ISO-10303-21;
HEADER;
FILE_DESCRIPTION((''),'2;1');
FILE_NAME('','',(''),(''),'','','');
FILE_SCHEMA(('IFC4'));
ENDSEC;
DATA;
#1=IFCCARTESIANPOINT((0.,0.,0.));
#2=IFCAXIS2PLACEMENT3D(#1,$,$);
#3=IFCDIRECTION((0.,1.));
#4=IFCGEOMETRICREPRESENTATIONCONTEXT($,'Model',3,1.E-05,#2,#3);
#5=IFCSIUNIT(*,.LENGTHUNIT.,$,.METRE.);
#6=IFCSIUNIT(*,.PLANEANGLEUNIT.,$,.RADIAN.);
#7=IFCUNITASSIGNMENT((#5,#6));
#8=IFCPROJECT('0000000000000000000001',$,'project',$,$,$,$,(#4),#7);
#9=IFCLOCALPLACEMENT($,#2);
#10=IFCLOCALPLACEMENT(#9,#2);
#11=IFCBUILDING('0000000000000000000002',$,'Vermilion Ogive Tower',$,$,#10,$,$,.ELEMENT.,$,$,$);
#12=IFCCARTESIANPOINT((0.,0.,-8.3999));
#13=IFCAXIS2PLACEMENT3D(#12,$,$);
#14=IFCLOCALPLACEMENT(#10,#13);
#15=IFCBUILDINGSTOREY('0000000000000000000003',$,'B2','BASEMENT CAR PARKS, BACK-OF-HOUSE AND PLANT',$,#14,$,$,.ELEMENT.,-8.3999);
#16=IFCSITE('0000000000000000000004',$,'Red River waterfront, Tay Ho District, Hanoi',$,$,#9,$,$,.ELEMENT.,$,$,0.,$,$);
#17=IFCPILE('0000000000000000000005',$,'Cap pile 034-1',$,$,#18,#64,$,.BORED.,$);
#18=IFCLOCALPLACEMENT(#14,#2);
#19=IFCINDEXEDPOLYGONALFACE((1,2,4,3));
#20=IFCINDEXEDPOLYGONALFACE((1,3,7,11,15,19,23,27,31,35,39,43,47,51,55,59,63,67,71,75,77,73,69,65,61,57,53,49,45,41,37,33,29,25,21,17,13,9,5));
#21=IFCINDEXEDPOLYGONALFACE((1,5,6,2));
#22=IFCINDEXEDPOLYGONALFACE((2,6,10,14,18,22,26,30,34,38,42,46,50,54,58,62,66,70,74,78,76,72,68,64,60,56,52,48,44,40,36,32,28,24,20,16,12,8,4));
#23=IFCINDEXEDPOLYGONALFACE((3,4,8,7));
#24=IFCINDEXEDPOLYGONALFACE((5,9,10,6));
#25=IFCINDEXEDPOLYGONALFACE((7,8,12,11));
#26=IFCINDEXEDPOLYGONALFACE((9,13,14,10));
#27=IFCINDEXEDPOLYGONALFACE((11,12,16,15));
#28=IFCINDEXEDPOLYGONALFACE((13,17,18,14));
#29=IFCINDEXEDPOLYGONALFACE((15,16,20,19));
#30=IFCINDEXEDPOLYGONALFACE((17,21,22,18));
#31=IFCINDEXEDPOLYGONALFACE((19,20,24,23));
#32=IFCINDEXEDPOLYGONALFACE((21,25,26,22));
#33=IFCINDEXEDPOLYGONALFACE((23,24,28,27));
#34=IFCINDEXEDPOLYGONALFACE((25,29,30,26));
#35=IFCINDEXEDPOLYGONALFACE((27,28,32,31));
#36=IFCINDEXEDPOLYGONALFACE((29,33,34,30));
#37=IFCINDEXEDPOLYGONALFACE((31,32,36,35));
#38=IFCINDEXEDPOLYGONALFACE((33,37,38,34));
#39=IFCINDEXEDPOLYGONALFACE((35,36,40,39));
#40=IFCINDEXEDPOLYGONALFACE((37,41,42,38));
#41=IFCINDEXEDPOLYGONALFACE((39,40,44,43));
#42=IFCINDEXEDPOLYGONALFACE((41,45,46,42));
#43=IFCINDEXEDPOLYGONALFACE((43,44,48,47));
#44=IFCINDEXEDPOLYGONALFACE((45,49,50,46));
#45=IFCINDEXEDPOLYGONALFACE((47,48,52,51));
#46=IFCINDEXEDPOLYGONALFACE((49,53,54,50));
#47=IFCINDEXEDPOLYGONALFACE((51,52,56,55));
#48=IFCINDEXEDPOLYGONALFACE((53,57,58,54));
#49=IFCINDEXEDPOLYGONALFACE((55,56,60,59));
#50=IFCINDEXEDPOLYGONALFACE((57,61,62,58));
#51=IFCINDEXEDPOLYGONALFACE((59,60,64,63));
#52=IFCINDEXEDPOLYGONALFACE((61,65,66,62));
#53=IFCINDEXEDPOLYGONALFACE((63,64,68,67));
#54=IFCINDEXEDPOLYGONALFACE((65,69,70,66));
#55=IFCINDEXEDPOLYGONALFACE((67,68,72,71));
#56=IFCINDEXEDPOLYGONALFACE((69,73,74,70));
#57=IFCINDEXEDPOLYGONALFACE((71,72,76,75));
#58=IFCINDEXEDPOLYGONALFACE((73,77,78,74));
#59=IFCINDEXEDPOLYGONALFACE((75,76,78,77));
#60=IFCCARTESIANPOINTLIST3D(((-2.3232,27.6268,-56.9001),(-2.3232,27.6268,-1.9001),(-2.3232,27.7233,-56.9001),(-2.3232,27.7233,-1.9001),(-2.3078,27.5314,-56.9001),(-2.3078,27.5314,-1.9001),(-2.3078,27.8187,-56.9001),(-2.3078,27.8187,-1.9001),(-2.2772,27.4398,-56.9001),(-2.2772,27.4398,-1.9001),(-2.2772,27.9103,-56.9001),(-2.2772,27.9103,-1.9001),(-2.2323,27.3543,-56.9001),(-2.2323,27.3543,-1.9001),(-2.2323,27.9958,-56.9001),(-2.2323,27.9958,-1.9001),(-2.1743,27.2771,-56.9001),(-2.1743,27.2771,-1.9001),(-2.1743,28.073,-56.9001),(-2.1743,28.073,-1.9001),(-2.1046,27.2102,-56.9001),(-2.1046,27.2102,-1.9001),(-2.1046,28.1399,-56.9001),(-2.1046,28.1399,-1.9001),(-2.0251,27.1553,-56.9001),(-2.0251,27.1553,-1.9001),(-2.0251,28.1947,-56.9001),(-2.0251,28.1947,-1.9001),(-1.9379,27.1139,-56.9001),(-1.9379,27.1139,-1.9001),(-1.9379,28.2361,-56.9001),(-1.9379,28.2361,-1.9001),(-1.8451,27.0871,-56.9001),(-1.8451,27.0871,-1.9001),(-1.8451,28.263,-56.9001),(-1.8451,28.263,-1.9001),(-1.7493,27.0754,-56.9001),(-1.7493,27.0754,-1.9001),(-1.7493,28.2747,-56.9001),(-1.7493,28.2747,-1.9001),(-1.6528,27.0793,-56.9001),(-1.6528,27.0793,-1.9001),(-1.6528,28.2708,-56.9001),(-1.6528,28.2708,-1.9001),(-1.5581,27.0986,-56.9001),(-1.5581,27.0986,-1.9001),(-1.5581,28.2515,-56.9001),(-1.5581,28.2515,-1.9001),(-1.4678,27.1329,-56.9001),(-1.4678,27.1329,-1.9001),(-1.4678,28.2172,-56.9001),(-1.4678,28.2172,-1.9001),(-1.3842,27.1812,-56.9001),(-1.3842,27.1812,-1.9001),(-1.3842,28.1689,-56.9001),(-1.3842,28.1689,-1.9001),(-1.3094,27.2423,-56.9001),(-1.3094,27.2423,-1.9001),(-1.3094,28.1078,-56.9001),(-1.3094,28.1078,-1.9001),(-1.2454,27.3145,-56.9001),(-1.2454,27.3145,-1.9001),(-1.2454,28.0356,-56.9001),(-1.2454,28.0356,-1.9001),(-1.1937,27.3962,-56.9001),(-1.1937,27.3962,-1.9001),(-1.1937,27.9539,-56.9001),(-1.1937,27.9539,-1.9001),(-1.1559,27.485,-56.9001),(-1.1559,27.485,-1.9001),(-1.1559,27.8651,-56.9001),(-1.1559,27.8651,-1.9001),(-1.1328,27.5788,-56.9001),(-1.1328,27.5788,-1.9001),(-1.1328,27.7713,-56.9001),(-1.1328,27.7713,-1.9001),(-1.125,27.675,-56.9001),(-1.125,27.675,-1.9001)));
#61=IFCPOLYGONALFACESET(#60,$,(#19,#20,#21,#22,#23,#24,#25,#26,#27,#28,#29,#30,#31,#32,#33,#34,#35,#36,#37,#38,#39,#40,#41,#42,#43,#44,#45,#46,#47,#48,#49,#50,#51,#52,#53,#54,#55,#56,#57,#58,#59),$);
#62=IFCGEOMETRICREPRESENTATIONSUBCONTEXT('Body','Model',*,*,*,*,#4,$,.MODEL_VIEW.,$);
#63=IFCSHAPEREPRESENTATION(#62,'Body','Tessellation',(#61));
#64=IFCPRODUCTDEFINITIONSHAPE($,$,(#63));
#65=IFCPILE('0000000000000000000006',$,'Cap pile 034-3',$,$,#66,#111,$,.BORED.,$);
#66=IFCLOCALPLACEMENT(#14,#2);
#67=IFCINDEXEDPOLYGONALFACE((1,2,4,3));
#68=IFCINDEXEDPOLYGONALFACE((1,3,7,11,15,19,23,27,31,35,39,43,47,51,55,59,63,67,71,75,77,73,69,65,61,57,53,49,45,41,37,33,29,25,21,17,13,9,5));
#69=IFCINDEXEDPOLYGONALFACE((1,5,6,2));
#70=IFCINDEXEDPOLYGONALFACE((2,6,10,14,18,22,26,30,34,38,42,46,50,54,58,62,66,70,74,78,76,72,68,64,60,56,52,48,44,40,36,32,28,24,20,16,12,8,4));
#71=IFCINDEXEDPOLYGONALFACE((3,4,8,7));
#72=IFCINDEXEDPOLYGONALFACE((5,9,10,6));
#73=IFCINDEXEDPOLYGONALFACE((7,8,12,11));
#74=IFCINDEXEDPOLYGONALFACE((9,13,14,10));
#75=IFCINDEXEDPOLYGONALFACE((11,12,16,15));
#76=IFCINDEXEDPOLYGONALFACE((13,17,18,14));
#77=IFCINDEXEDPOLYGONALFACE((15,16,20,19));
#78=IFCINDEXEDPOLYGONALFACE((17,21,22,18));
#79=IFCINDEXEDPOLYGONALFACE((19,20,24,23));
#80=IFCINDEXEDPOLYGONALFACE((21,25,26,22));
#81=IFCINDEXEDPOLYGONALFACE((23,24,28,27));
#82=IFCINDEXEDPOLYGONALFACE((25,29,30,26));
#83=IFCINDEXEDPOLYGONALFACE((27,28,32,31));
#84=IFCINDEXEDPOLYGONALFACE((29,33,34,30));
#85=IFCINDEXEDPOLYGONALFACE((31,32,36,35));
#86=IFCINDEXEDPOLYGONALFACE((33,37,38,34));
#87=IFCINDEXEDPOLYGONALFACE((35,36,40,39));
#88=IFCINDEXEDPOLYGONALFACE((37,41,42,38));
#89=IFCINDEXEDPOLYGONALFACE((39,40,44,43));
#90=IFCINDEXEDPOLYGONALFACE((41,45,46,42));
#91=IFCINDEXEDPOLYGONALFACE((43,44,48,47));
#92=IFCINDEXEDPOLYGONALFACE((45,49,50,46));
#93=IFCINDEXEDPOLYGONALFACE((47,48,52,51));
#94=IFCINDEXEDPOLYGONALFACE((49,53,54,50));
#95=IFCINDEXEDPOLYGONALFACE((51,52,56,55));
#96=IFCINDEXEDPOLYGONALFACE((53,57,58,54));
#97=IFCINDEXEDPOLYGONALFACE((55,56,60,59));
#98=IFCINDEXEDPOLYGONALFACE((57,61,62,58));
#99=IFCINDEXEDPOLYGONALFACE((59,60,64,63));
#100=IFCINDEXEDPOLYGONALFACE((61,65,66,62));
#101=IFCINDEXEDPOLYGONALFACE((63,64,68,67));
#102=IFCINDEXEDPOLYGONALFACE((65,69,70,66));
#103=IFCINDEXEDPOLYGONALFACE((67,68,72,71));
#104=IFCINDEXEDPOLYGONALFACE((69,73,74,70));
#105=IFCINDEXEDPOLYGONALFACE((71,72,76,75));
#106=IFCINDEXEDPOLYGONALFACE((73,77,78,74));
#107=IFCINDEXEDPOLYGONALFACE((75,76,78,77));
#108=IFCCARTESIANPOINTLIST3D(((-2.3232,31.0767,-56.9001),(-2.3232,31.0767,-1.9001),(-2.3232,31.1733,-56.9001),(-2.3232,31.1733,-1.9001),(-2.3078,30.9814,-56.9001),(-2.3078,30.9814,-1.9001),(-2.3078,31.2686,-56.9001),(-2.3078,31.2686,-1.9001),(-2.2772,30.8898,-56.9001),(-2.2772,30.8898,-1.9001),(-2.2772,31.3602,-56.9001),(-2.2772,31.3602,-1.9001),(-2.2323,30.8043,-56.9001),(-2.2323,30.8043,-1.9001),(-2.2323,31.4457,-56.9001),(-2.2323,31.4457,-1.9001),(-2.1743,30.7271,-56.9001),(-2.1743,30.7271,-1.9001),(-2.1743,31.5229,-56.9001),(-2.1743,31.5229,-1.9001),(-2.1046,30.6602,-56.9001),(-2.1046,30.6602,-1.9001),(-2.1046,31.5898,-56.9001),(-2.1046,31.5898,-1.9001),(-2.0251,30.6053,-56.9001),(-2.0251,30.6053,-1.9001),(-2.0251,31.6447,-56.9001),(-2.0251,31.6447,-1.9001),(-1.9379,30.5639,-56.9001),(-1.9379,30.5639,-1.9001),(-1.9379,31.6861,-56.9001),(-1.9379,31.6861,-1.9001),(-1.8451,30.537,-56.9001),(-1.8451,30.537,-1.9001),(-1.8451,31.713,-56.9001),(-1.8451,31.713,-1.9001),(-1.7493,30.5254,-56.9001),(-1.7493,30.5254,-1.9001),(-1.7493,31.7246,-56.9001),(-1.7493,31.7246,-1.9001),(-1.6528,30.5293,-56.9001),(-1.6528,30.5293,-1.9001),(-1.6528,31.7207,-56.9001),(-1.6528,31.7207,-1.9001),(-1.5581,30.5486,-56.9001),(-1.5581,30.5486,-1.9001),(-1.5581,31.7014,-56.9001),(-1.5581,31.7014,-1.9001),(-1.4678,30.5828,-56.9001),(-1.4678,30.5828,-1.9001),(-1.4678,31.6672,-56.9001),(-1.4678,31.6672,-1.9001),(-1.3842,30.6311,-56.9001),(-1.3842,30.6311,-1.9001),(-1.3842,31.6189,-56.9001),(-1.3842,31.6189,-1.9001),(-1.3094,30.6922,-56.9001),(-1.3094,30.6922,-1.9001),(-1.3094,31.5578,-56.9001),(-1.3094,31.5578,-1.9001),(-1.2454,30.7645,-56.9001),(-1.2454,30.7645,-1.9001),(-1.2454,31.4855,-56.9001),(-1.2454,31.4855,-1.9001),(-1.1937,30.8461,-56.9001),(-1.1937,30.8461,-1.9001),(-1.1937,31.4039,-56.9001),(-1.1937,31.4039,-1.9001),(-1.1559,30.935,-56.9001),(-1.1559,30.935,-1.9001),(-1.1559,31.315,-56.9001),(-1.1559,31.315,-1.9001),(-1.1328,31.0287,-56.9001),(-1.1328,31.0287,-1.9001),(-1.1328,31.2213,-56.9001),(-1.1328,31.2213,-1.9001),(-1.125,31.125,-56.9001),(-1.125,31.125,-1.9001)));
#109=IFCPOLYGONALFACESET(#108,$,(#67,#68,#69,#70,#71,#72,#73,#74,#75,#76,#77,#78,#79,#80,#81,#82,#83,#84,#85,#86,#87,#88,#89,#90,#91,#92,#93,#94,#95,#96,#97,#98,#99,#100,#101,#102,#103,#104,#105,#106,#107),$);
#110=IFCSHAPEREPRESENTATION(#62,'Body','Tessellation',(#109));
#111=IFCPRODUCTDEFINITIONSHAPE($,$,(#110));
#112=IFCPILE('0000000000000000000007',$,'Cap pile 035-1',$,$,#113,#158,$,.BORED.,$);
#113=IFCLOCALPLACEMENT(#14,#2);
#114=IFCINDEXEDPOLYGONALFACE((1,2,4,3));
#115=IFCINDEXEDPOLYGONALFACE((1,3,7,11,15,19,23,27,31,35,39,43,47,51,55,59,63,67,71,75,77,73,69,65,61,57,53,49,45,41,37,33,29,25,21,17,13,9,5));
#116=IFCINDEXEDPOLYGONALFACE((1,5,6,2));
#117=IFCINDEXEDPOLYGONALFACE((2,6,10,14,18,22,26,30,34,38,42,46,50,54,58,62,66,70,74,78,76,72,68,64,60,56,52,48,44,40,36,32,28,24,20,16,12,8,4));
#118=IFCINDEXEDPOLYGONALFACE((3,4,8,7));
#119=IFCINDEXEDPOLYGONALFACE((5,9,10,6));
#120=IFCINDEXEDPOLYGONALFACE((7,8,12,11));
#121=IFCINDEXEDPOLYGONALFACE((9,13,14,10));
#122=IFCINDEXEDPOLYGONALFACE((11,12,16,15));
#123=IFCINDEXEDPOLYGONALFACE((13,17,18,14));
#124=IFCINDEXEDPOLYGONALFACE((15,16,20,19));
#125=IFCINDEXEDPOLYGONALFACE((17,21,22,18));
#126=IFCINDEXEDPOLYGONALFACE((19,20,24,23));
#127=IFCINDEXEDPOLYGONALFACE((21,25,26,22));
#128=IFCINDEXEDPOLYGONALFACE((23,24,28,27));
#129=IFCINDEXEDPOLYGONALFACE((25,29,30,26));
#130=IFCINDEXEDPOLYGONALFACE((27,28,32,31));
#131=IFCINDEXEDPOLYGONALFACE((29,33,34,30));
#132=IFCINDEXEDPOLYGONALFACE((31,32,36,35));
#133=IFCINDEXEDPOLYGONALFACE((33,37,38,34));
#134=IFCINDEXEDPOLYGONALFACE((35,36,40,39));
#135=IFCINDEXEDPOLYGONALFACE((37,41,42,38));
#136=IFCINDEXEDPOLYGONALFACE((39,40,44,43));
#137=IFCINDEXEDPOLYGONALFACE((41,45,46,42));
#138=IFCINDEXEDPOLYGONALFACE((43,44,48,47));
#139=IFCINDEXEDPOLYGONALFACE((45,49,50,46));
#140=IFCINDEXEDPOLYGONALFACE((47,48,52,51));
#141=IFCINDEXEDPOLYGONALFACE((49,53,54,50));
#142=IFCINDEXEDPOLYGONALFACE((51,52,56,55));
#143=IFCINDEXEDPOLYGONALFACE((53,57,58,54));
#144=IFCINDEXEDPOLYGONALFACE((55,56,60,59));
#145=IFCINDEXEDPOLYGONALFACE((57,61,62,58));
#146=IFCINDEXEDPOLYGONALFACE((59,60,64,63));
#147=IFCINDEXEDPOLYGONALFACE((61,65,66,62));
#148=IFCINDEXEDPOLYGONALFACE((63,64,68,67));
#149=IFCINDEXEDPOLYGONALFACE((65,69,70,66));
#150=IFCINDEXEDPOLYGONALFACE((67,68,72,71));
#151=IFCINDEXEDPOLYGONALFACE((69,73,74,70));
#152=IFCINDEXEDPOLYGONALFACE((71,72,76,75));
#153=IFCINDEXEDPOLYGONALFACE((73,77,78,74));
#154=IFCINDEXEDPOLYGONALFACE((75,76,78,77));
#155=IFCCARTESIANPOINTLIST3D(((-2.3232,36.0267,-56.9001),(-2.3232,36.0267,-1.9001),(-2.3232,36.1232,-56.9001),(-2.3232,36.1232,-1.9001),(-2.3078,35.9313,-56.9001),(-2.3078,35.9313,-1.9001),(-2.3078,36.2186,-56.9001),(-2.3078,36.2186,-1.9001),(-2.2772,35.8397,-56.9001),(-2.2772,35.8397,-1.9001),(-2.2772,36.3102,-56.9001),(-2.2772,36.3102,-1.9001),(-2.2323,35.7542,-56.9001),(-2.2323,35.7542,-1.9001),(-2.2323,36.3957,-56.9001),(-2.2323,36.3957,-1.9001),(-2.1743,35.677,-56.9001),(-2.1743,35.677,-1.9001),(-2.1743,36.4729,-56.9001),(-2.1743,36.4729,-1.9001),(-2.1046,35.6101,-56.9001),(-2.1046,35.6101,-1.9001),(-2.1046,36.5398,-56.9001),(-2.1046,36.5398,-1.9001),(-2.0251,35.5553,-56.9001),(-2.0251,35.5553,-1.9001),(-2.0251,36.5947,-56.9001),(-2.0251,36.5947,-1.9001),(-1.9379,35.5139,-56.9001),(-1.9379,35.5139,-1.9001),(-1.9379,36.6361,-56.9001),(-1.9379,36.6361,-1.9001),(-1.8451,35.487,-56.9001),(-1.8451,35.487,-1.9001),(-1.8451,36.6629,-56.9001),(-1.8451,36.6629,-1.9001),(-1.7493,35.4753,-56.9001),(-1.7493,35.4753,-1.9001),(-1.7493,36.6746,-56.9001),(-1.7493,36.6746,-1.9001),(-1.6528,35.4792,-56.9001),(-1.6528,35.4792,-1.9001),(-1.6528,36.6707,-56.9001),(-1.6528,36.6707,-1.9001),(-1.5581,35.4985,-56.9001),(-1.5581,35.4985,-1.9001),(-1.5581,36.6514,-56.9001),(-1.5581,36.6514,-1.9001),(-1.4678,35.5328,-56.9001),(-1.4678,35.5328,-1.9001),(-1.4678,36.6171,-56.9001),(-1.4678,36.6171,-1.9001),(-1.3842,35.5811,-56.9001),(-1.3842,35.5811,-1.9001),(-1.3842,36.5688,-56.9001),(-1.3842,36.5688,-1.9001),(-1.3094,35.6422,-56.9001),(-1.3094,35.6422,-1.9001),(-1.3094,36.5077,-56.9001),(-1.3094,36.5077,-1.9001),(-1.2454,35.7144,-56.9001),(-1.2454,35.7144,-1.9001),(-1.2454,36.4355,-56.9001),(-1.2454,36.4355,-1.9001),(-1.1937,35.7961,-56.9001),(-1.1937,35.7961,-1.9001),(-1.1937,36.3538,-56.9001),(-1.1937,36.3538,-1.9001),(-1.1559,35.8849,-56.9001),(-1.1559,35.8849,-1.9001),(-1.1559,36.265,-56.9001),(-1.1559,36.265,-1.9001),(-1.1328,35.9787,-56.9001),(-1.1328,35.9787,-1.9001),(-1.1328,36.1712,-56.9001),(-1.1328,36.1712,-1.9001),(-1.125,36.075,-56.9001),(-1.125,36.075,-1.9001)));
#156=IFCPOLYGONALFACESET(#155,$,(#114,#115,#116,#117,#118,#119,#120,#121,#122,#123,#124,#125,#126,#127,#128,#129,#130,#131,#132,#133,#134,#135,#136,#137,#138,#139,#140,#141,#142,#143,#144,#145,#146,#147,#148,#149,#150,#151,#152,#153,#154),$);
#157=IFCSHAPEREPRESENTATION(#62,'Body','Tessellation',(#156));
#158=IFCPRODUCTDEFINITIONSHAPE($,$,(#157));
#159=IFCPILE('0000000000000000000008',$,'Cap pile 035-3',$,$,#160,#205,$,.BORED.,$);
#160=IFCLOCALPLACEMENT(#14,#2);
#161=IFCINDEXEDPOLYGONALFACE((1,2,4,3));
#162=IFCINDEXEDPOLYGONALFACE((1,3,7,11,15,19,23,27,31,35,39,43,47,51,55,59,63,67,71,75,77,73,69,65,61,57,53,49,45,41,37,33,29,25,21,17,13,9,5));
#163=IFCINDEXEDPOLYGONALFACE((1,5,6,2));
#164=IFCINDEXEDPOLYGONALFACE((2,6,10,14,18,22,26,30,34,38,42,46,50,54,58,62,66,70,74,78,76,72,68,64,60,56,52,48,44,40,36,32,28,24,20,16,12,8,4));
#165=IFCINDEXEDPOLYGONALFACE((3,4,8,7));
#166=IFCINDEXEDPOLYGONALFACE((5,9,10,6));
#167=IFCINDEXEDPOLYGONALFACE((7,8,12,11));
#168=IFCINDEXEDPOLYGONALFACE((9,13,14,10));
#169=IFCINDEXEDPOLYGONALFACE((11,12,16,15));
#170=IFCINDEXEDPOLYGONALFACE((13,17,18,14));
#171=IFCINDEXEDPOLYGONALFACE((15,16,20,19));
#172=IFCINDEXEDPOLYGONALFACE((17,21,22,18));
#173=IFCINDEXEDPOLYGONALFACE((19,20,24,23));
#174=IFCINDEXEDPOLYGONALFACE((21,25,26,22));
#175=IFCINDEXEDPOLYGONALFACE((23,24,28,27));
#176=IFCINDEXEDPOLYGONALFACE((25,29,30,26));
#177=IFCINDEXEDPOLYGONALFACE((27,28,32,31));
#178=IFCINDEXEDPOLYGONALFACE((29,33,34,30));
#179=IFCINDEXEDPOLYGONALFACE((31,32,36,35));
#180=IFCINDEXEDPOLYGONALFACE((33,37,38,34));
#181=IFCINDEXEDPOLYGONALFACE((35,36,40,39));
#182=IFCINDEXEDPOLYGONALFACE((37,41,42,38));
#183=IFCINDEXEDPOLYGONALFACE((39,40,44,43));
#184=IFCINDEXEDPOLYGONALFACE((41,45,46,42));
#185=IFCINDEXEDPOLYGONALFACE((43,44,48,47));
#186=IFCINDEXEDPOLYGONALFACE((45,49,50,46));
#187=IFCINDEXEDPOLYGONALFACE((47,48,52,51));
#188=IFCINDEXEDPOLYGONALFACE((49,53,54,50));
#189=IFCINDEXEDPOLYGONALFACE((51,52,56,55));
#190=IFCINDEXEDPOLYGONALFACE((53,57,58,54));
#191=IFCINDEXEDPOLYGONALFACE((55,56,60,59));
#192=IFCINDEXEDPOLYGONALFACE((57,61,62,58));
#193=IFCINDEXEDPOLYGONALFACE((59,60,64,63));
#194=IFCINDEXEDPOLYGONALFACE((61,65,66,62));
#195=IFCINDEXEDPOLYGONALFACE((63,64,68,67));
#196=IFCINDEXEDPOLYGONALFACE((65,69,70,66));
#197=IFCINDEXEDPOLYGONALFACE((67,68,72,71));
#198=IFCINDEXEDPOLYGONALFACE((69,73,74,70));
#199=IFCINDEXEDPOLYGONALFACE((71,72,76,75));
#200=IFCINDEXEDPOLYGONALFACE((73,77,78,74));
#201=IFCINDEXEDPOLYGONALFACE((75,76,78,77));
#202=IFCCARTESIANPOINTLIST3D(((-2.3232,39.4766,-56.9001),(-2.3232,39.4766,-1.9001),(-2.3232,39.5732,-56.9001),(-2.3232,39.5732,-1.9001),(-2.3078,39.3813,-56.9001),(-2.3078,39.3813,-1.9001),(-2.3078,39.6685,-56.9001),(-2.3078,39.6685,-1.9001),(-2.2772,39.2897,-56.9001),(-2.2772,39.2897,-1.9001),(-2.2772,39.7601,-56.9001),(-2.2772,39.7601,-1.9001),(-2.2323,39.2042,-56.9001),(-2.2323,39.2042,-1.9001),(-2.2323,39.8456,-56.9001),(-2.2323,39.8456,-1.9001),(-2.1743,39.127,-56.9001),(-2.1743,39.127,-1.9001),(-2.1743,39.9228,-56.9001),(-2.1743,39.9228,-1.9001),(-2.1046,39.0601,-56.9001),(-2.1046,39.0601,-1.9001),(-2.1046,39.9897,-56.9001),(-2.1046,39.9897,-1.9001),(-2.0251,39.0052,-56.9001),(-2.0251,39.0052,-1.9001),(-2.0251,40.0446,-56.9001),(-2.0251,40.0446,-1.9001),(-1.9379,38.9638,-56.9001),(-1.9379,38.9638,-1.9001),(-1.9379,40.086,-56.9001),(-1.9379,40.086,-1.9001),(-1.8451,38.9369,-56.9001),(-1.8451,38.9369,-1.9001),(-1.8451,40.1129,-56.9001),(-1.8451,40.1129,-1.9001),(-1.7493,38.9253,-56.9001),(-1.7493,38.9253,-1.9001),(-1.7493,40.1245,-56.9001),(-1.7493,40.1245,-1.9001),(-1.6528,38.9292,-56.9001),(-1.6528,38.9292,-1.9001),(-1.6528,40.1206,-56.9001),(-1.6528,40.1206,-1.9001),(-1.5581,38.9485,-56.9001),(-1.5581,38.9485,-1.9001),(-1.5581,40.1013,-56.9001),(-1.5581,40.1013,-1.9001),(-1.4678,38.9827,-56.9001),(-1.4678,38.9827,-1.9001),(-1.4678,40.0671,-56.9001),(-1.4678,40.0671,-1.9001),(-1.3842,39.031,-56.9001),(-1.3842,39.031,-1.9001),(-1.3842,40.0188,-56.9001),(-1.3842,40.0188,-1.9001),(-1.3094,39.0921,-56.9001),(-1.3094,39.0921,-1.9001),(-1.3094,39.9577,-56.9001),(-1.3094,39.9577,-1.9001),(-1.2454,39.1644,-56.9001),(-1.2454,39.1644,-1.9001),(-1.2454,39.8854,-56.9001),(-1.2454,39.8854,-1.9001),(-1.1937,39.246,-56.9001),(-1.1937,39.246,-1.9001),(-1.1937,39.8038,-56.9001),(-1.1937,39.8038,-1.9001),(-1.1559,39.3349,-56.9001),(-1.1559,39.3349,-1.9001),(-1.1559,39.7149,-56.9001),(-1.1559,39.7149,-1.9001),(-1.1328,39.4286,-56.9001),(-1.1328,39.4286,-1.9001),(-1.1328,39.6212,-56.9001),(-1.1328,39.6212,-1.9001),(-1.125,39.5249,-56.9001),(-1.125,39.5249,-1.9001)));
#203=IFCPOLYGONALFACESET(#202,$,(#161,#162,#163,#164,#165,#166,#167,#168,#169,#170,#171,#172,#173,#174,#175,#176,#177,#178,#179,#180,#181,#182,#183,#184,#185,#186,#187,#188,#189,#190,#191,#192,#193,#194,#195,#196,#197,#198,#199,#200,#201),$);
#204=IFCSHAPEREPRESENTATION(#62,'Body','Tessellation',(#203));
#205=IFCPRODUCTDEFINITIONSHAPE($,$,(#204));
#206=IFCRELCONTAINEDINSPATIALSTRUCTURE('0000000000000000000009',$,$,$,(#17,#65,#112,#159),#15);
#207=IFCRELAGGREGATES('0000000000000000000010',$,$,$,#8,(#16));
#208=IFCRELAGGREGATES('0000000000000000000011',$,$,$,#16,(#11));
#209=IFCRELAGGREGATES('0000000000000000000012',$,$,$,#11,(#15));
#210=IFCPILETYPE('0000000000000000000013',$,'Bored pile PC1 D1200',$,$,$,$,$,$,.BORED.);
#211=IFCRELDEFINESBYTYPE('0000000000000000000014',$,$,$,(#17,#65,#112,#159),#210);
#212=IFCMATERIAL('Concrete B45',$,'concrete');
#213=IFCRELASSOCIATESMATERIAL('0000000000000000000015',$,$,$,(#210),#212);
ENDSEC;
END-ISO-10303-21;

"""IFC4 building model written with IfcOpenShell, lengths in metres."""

from ifc_helpers import new_model, si_unit, direction, frame, origin, origin_2d, place, context, subcontext, project, spatial, circle, extrude, material, type_object, element, save


model = new_model("IFC4")

# Units and contexts
model_context = context("Model", 3, precision=1e-05, world=origin(), true_north=direction((0.0, 1.0)))
body_context = subcontext(model_context, "Body", "Model", "MODEL_VIEW")
ifc_project = project(units=[si_unit("LENGTHUNIT", "METRE"), si_unit("PLANEANGLEUNIT", "RADIAN")], contexts=[model_context])

# Site, building, storey
site_placement = place(None, origin())
site = spatial("IfcSite", under=ifc_project, at=site_placement, Name="Red River waterfront, Tay Ho District, Hanoi", CompositionType="ELEMENT", RefElevation=0.0)
building_placement = place(site_placement, origin())
building = spatial("IfcBuilding", under=site, at=building_placement, Name="Vermilion Ogive Tower", CompositionType="ELEMENT")
storey_placement = place(building_placement, frame((0.0, 0.0, -8.3999)))
storey = spatial("IfcBuildingStorey", under=building, at=storey_placement, Name="B2", Description="BASEMENT CAR PARKS, BACK-OF-HOUSE AND PLANT", CompositionType="ELEMENT", Elevation=-8.3999)

# Piles
ifc_material_1 = material(Name="Concrete B45", Category="concrete")
pile_type_1 = type_object("IfcPileType", Name="Bored pile PC1 D1200", PredefinedType="BORED", material=ifc_material_1)
for number, where, z_axis, x_axis, name in (
    (1, (-1.7251, 27.675, -1.9001), (0.0, 0.0, -1.0), (1.0, 0.0, 0.0), "Cap pile 034-1"),
    (2, (-1.7251, 31.125, -1.9001), (0.0, 0.0, -1.0), (1.0, 0.0, 0.0), "Cap pile 034-3"),
    (3, (-1.7251, 36.075, -1.9001), (0.0, 0.0, -1.0), (1.0, 0.0, 0.0), "Cap pile 035-1"),
    (4, (-1.7251, 39.5249, -1.9001), (0.0, 0.0, -1.0), (1.0, 0.0, 0.0), "Cap pile 035-3"),
):
    element("IfcPile", number, at=place(storey_placement, frame(where, z_axis=z_axis, x_axis=x_axis)), inside=storey, type_object=pile_type_1, Name=name, PredefinedType="BORED", context=body_context, shape_type="SweptSolid", body=[
        extrude(circle(Radius=0.6001, at=origin_2d()), origin(), (0.0, 0.0, 1.0), 55.0),
    ])

save(model, "model.ifc")
